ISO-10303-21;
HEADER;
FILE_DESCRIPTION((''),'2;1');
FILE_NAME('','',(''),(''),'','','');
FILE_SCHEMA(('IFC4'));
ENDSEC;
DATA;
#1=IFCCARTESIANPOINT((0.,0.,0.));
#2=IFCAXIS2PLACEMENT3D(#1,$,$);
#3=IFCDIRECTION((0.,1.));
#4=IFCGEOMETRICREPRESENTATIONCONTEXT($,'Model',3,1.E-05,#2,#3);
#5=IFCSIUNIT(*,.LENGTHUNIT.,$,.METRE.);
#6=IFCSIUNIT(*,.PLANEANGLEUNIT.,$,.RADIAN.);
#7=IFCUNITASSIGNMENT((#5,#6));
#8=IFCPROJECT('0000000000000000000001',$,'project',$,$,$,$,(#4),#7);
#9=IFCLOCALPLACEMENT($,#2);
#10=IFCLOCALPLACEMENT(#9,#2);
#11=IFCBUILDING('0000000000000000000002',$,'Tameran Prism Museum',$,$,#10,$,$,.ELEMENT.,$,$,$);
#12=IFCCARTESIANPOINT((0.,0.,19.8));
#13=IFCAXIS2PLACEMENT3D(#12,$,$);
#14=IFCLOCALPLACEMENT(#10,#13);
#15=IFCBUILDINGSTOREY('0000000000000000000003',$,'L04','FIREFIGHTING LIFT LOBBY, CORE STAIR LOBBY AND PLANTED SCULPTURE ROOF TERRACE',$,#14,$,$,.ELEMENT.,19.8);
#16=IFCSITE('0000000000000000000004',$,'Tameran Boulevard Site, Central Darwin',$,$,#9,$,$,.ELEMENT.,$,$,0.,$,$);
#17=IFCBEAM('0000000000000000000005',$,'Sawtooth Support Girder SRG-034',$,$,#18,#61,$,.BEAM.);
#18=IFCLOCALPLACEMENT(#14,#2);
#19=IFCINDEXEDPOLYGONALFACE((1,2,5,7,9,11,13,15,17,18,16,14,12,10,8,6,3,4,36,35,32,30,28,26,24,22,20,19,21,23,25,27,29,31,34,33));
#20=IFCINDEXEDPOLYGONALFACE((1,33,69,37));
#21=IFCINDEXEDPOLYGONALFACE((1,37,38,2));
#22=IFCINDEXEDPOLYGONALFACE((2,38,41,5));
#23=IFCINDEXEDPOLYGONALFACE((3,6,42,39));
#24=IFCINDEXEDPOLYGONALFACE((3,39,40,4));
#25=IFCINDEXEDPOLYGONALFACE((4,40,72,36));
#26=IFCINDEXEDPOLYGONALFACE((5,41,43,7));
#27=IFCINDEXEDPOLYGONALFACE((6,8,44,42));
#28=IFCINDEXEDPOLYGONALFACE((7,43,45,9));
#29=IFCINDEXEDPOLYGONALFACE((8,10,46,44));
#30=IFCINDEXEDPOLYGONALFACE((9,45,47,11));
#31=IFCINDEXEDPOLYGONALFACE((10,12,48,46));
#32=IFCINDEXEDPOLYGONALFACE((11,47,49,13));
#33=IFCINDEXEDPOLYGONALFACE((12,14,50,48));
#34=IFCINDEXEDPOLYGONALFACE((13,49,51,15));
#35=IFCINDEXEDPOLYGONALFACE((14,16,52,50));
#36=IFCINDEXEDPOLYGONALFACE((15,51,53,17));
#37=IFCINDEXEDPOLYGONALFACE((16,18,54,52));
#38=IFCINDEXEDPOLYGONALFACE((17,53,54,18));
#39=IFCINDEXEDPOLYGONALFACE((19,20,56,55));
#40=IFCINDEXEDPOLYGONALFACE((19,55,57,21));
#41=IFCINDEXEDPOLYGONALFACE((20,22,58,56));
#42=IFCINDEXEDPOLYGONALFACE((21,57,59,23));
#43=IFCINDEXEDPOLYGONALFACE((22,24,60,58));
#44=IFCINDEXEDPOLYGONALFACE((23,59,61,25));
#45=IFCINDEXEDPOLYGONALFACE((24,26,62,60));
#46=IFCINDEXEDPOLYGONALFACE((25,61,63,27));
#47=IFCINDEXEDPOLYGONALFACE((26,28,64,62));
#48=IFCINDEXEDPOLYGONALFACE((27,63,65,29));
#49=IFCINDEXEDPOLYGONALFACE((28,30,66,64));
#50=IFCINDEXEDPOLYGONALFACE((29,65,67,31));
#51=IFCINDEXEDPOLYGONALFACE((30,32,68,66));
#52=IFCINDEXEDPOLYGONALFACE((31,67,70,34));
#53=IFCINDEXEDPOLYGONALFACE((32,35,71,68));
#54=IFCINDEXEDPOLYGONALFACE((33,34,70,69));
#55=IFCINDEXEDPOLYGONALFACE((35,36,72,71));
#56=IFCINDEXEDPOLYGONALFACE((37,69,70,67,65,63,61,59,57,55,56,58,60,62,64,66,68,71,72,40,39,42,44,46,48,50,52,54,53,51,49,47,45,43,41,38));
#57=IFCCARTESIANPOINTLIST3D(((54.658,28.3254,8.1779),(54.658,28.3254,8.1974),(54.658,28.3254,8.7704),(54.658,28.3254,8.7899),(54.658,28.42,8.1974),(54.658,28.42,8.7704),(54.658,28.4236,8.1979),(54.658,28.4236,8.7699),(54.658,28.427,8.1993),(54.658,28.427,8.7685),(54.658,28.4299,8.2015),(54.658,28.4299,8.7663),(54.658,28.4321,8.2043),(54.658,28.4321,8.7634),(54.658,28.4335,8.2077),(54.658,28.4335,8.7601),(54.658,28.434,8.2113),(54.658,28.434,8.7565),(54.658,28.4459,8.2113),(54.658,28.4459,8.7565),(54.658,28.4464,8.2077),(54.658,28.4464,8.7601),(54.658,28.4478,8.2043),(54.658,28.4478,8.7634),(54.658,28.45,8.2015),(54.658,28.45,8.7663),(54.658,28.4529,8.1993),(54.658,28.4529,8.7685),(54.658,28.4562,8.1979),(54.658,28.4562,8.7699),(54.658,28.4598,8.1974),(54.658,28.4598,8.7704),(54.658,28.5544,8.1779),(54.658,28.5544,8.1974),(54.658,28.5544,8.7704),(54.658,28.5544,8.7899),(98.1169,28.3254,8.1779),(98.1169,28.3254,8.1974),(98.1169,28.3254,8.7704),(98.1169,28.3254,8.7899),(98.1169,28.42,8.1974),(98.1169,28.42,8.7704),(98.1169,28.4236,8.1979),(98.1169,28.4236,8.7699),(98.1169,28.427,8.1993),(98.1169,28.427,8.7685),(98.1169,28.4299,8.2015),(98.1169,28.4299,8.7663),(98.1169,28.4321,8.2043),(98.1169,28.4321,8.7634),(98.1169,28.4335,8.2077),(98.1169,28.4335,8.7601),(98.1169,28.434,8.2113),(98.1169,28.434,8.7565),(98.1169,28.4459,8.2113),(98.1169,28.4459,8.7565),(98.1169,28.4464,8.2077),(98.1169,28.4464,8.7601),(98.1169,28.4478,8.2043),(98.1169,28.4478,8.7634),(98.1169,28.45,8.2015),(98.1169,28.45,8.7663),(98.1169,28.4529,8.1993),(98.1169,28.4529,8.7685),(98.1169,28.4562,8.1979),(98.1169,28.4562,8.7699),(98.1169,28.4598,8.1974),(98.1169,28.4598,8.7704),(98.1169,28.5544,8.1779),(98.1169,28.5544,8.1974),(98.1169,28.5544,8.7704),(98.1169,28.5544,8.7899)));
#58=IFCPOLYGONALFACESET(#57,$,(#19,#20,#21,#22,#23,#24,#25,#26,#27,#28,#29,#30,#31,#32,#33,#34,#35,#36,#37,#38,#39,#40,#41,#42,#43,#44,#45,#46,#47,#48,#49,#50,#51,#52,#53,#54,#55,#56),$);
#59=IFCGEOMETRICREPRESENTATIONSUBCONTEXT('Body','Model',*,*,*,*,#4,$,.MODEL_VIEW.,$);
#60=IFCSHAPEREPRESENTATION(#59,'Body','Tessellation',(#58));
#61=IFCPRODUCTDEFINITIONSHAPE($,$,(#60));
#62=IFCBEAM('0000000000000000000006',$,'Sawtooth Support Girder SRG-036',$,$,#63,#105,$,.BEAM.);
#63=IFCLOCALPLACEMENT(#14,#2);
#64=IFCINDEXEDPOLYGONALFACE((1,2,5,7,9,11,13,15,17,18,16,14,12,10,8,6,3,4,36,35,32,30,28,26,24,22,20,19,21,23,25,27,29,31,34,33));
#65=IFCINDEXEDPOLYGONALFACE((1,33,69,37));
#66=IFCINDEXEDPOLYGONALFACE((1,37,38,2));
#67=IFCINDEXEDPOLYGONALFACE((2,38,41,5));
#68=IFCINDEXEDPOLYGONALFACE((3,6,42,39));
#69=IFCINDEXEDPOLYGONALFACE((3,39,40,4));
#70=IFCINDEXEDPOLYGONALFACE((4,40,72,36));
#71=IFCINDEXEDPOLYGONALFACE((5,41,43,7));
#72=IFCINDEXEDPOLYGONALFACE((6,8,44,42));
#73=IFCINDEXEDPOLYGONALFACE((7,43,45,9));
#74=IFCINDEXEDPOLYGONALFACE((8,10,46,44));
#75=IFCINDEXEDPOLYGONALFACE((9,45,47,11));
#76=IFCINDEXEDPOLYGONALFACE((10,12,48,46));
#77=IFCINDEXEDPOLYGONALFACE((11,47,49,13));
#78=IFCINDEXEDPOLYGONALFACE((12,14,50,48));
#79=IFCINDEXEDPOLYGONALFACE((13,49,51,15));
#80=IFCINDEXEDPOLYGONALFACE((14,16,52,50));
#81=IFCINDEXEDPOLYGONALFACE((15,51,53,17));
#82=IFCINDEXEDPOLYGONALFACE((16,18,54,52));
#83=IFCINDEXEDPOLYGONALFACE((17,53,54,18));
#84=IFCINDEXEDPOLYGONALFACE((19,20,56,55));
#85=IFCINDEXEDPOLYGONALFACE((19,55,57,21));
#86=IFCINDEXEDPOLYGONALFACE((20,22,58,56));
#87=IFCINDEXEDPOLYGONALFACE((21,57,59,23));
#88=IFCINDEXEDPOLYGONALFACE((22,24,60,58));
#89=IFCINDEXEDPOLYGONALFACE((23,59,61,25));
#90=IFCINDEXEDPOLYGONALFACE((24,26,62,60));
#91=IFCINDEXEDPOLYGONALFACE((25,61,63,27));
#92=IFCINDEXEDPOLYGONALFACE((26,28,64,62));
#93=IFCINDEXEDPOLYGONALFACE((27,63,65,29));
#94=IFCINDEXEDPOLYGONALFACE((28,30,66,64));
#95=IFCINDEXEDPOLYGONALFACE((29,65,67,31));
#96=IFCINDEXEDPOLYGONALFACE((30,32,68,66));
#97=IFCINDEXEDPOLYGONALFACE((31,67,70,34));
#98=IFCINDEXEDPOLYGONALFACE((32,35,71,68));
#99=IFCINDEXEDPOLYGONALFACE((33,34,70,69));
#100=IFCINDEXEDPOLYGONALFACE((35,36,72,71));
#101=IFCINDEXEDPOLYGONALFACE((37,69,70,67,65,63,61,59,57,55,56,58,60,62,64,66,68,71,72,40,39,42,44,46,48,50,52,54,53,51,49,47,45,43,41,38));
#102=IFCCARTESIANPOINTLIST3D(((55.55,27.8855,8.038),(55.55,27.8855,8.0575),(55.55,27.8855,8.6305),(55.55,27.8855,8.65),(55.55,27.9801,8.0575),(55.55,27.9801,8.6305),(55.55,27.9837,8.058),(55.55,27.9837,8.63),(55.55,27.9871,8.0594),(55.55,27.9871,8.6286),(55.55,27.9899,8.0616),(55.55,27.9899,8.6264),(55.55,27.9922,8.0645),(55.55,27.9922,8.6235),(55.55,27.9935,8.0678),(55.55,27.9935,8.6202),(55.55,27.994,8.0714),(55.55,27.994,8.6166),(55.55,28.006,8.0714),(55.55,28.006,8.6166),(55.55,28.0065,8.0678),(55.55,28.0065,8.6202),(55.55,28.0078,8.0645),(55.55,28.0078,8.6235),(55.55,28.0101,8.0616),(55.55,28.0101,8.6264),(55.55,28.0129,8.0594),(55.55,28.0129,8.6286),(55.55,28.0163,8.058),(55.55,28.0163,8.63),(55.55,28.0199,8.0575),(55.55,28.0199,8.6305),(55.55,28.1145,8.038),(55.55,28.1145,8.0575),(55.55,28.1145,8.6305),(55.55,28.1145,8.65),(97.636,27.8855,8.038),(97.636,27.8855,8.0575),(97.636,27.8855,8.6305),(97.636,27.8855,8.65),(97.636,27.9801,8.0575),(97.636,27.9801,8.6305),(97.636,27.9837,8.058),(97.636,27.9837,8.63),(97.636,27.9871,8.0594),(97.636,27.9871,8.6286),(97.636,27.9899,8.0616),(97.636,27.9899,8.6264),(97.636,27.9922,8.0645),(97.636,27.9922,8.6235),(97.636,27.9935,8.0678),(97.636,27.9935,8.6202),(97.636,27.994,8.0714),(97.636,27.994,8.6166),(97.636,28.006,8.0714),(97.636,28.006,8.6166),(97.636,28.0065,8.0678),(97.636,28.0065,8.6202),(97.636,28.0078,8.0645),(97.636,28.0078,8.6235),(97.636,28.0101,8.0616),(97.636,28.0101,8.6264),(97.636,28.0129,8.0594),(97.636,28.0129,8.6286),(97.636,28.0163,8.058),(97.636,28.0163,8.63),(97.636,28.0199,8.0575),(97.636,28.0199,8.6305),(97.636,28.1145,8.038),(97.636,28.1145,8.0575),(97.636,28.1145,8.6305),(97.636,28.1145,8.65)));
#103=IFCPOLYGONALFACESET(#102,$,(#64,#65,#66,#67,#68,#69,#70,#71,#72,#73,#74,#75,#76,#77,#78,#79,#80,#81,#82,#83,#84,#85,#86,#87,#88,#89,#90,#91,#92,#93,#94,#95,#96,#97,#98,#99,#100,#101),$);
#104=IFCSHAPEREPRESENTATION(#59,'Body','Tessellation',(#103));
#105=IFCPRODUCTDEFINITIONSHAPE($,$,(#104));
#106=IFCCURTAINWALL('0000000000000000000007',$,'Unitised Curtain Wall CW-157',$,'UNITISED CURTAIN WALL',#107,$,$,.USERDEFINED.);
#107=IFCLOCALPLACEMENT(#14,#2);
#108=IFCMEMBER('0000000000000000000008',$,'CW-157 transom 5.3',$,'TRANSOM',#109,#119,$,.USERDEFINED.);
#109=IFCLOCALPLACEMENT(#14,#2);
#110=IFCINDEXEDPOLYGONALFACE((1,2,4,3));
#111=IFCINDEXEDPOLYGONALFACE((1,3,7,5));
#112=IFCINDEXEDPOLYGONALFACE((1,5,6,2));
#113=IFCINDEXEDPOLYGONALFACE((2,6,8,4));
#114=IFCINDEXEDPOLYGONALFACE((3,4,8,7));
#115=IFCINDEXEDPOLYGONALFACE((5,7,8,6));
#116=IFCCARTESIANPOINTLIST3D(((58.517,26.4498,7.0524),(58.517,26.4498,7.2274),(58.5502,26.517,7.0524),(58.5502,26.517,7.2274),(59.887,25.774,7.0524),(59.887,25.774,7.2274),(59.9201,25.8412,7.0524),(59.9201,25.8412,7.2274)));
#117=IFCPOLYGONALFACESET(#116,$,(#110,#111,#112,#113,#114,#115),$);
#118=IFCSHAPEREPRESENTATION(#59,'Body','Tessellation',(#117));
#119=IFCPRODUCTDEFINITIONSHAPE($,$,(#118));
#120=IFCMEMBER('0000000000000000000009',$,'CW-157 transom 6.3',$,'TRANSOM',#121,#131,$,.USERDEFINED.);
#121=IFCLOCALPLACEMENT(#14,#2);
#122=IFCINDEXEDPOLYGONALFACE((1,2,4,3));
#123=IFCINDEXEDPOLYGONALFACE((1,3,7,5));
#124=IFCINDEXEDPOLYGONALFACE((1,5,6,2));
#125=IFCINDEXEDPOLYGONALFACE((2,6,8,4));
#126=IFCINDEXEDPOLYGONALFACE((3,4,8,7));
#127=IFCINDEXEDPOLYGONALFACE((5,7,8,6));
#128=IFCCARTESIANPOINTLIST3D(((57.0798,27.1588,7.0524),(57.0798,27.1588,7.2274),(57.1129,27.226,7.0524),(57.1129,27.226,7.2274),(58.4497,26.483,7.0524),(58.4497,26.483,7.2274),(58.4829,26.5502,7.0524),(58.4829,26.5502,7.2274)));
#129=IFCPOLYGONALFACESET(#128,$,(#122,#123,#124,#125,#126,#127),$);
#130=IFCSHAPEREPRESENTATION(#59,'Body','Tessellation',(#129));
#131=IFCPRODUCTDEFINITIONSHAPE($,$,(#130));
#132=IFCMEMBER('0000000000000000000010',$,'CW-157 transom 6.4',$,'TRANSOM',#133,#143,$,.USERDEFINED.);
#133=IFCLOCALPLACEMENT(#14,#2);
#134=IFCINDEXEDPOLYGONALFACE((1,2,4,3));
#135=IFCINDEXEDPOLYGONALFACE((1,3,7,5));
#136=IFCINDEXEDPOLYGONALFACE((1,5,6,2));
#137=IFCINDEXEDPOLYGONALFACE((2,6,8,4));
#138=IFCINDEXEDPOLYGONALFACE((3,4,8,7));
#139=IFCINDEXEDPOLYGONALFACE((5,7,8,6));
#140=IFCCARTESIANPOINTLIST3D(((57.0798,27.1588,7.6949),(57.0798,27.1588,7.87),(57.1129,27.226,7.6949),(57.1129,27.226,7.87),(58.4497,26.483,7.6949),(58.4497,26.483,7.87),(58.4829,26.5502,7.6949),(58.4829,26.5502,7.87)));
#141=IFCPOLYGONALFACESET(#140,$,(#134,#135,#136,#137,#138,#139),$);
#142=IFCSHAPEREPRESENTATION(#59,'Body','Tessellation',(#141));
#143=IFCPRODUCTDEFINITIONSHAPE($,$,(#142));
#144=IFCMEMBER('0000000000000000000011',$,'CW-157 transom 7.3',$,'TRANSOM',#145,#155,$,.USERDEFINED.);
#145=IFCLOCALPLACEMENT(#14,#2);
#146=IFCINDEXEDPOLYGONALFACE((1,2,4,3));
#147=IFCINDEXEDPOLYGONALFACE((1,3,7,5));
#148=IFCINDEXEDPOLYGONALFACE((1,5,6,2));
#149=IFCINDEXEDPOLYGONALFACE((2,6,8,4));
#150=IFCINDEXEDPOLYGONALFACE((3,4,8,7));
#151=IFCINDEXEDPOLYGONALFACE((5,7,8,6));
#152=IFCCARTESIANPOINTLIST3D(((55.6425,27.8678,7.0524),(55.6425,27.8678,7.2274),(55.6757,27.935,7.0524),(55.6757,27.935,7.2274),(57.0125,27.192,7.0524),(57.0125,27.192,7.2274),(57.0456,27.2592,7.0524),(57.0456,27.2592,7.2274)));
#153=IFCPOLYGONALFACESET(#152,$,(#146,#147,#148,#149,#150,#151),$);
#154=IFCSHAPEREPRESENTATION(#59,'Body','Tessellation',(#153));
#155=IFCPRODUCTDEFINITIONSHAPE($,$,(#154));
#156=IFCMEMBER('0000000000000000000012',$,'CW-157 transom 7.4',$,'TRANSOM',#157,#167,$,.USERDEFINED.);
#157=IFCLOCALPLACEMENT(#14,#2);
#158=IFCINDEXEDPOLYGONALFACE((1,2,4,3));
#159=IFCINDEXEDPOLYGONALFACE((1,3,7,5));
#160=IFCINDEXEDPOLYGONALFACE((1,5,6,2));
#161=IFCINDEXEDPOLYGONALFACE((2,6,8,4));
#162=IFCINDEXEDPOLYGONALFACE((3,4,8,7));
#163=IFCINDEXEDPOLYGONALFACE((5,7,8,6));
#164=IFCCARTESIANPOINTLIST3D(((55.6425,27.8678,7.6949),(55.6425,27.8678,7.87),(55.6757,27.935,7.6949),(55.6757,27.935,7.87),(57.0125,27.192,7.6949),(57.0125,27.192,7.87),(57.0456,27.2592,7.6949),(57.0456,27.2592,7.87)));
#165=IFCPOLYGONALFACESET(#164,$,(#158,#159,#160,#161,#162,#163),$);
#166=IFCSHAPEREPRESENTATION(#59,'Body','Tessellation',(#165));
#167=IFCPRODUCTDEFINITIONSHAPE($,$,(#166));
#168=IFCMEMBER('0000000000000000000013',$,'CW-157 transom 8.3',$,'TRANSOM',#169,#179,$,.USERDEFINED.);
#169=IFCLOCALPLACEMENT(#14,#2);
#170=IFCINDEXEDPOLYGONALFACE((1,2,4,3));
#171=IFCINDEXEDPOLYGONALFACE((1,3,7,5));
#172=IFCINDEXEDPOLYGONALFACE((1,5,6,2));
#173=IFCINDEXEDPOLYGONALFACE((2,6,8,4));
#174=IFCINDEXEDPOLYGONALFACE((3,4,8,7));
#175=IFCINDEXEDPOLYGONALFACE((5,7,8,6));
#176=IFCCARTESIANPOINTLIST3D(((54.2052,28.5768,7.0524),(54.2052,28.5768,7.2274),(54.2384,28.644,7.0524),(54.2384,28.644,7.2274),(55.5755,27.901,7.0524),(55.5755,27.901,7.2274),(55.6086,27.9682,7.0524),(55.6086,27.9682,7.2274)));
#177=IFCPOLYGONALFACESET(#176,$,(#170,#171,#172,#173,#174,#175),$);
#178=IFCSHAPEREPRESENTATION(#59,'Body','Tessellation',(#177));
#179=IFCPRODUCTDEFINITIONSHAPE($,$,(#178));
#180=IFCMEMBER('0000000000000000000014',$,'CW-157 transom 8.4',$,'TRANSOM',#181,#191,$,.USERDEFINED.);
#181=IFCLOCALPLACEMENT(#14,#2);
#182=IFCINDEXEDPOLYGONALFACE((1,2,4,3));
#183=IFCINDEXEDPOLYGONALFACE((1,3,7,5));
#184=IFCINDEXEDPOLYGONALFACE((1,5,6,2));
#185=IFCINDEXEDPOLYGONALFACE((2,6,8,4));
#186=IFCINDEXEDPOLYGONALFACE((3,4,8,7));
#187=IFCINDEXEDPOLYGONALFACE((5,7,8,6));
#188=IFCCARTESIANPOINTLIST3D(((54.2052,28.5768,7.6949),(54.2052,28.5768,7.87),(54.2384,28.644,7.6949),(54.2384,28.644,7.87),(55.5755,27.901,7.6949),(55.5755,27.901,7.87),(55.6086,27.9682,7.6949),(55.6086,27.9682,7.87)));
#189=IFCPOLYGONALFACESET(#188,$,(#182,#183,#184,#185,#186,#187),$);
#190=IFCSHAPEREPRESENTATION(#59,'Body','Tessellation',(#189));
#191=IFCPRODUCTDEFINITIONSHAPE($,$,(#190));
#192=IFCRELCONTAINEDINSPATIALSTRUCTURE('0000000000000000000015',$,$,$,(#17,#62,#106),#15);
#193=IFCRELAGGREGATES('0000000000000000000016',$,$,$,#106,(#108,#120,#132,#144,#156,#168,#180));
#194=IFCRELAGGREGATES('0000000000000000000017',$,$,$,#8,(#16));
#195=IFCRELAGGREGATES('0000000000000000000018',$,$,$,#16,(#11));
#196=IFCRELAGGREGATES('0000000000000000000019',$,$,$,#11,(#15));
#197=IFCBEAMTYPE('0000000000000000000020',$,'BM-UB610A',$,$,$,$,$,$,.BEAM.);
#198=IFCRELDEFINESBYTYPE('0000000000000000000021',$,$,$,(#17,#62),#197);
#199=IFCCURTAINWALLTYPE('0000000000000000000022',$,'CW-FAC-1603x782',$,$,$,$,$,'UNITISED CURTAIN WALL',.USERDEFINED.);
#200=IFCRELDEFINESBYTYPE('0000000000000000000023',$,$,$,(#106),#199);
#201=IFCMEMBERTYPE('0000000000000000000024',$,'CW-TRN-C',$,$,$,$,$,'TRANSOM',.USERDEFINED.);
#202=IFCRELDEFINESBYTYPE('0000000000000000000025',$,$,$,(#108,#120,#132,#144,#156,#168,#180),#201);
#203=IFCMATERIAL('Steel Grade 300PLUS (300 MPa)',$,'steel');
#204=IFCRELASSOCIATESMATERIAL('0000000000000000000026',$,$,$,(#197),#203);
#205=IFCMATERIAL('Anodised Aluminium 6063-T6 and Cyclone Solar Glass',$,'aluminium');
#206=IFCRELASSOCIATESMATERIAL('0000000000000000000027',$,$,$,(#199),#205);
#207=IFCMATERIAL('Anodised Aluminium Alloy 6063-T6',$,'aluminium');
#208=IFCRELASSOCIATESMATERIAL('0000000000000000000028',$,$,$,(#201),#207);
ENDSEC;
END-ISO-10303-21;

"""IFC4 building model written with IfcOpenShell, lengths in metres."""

from ifc_helpers import new_model, si_unit, direction, frame, origin, origin_2d, place, context, subcontext, project, spatial, rectangle, i_section, extrude, material, material_profile, profile_set, type_object, element, aggregate, save


model = new_model("IFC4")

# Units and contexts
model_context = context("Model", 3, precision=1e-05, world=origin(), true_north=direction((0.0, 1.0)))
body_context = subcontext(model_context, "Body", "Model", "MODEL_VIEW")
ifc_project = project(units=[si_unit("LENGTHUNIT", "METRE"), si_unit("PLANEANGLEUNIT", "RADIAN")], contexts=[model_context])

# Site, building, storey
site_placement = place(None, origin())
site = spatial("IfcSite", under=ifc_project, at=site_placement, Name="Tameran Boulevard Site, Central Darwin", CompositionType="ELEMENT", RefElevation=0.0)
building_placement = place(site_placement, origin())
building = spatial("IfcBuilding", under=site, at=building_placement, Name="Tameran Prism Museum", CompositionType="ELEMENT")
storey_placement = place(building_placement, frame((0.0, 0.0, 19.8)))
storey = spatial("IfcBuildingStorey", under=building, at=storey_placement, Name="L04", Description="FIREFIGHTING LIFT LOBBY, CORE STAIR LOBBY AND PLANTED SCULPTURE ROOF TERRACE", CompositionType="ELEMENT", Elevation=19.8)

# Beams
ifc_material_1 = material(Name="Steel Grade 300PLUS (300 MPa)", Category="steel")
ifc_material_profile_1 = material_profile(ifc_material_1, i_section(OverallWidth=0.229, OverallDepth=0.6121, WebThickness=0.012, FlangeThickness=0.0195, FilletRadius=0.0139, at=origin_2d()))
ifc_profile_set_1 = profile_set([ifc_material_profile_1])
beam_type = type_object("IfcBeamType", Name="BM-UB610A", PredefinedType="BEAM", material=ifc_profile_set_1)
beam_1_placement = place(storey_placement, frame((54.658, 28.4399, 8.4839), z_axis=(1.0, 0.0, 0.0), x_axis=(0.0, 1.0, 0.0)))
element("IfcBeam", 1, at=beam_1_placement, inside=storey, type_object=beam_type, Name="Sawtooth Support Girder SRG-034", PredefinedType="BEAM", context=body_context, shape_type="SweptSolid", body=[
    extrude(i_section(OverallWidth=0.229, OverallDepth=0.6121, WebThickness=0.012, FlangeThickness=0.0195, FilletRadius=0.0139, at=origin_2d()), origin(), (0.0, 0.0, 1.0), 43.459),
])
beam_2_placement = place(storey_placement, frame((55.55, 28.0, 8.344), z_axis=(1.0, 0.0, 0.0), x_axis=(0.0, 1.0, 0.0)))
element("IfcBeam", 2, at=beam_2_placement, inside=storey, type_object=beam_type, Name="Sawtooth Support Girder SRG-036", PredefinedType="BEAM", context=body_context, shape_type="SweptSolid", body=[
    extrude(i_section(OverallWidth=0.229, OverallDepth=0.6121, WebThickness=0.012, FlangeThickness=0.0195, FilletRadius=0.0139, at=origin_2d()), origin(), (0.0, 0.0, 1.0), 42.0859),
])

# Curtain wall, members
ifc_material_2 = material(Name="Anodised Aluminium 6063-T6 and Cyclone Solar Glass", Category="aluminium")
curtain_wall_type = type_object("IfcCurtainWallType", Name="CW-FAC-1603x782", ElementType="UNITISED CURTAIN WALL", PredefinedType="USERDEFINED", material=ifc_material_2)
curtain_wall_placement = place(storey_placement, origin())
curtain_wall = element("IfcCurtainWall", 3, at=curtain_wall_placement, inside=storey, type_object=curtain_wall_type, Name="Unitised Curtain Wall CW-157", ObjectType="UNITISED CURTAIN WALL", PredefinedType="USERDEFINED")
ifc_material_3 = material(Name="Anodised Aluminium Alloy 6063-T6", Category="aluminium")
ifc_material_profile_2 = material_profile(ifc_material_3, rectangle(XDim=0.075, YDim=0.175, at=origin_2d()))
ifc_profile_set_2 = profile_set([ifc_material_profile_2])
member_type = type_object("IfcMemberType", Name="CW-TRN-C", ElementType="TRANSOM", PredefinedType="USERDEFINED", material=ifc_profile_set_2)
member_1_placement = place(storey_placement, frame((59.9036, 25.8076, 7.1399), z_axis=(-0.896812, 0.442412, 0.0), x_axis=(-0.442412, -0.896812, 0.0)))
member_1 = element("IfcMember", 4, at=member_1_placement, type_object=member_type, Name="CW-157 transom 5.3", ObjectType="TRANSOM", PredefinedType="USERDEFINED", context=body_context, shape_type="SweptSolid", body=[
    extrude(rectangle(XDim=0.075, YDim=0.175, at=origin_2d()), origin(), (0.0, 0.0, 1.0), 1.5276),
])
member_2_placement = place(storey_placement, frame((58.4663, 26.5166, 7.1399), z_axis=(-0.896812, 0.442412, 0.0), x_axis=(-0.442412, -0.896812, 0.0)))
member_2 = element("IfcMember", 5, at=member_2_placement, type_object=member_type, Name="CW-157 transom 6.3", ObjectType="TRANSOM", PredefinedType="USERDEFINED", context=body_context, shape_type="SweptSolid", body=[
    extrude(rectangle(XDim=0.075, YDim=0.175, at=origin_2d()), origin(), (0.0, 0.0, 1.0), 1.5276),
])
member_3_placement = place(storey_placement, frame((58.4663, 26.5166, 7.7825), z_axis=(-0.896812, 0.442412, 0.0), x_axis=(-0.442412, -0.896812, 0.0)))
member_3 = element("IfcMember", 6, at=member_3_placement, type_object=member_type, Name="CW-157 transom 6.4", ObjectType="TRANSOM", PredefinedType="USERDEFINED", context=body_context, shape_type="SweptSolid", body=[
    extrude(rectangle(XDim=0.075, YDim=0.175, at=origin_2d()), origin(), (0.0, 0.0, 1.0), 1.5276),
])
member_4_placement = place(storey_placement, frame((57.0291, 27.2256, 7.1399), z_axis=(-0.896812, 0.442412, 0.0), x_axis=(-0.442412, -0.896812, 0.0)))
member_4 = element("IfcMember", 7, at=member_4_placement, type_object=member_type, Name="CW-157 transom 7.3", ObjectType="TRANSOM", PredefinedType="USERDEFINED", context=body_context, shape_type="SweptSolid", body=[
    extrude(rectangle(XDim=0.075, YDim=0.175, at=origin_2d()), origin(), (0.0, 0.0, 1.0), 1.5276),
])
member_5_placement = place(storey_placement, frame((57.0291, 27.2256, 7.7825), z_axis=(-0.896812, 0.442412, 0.0), x_axis=(-0.442412, -0.896812, 0.0)))
member_5 = element("IfcMember", 8, at=member_5_placement, type_object=member_type, Name="CW-157 transom 7.4", ObjectType="TRANSOM", PredefinedType="USERDEFINED", context=body_context, shape_type="SweptSolid", body=[
    extrude(rectangle(XDim=0.075, YDim=0.175, at=origin_2d()), origin(), (0.0, 0.0, 1.0), 1.5276),
])
member_6_placement = place(storey_placement, frame((55.592, 27.9346, 7.1399), z_axis=(-0.896843, 0.442349, 0.0), x_axis=(-0.442349, -0.896843, 0.0)))
member_6 = element("IfcMember", 9, at=member_6_placement, type_object=member_type, Name="CW-157 transom 8.3", ObjectType="TRANSOM", PredefinedType="USERDEFINED", context=body_context, shape_type="SweptSolid", body=[
    extrude(rectangle(XDim=0.075, YDim=0.175, at=origin_2d()), origin(), (0.0, 0.0, 1.0), 1.5278),
])
member_7_placement = place(storey_placement, frame((55.592, 27.9346, 7.7825), z_axis=(-0.896843, 0.442349, 0.0), x_axis=(-0.442349, -0.896843, 0.0)))
member_7 = element("IfcMember", 10, at=member_7_placement, type_object=member_type, Name="CW-157 transom 8.4", ObjectType="TRANSOM", PredefinedType="USERDEFINED", context=body_context, shape_type="SweptSolid", body=[
    extrude(rectangle(XDim=0.075, YDim=0.175, at=origin_2d()), origin(), (0.0, 0.0, 1.0), 1.5278),
])
aggregate(curtain_wall, [member_1, member_2, member_3, member_4, member_5, member_6, member_7])

save(model, "model.ifc")
